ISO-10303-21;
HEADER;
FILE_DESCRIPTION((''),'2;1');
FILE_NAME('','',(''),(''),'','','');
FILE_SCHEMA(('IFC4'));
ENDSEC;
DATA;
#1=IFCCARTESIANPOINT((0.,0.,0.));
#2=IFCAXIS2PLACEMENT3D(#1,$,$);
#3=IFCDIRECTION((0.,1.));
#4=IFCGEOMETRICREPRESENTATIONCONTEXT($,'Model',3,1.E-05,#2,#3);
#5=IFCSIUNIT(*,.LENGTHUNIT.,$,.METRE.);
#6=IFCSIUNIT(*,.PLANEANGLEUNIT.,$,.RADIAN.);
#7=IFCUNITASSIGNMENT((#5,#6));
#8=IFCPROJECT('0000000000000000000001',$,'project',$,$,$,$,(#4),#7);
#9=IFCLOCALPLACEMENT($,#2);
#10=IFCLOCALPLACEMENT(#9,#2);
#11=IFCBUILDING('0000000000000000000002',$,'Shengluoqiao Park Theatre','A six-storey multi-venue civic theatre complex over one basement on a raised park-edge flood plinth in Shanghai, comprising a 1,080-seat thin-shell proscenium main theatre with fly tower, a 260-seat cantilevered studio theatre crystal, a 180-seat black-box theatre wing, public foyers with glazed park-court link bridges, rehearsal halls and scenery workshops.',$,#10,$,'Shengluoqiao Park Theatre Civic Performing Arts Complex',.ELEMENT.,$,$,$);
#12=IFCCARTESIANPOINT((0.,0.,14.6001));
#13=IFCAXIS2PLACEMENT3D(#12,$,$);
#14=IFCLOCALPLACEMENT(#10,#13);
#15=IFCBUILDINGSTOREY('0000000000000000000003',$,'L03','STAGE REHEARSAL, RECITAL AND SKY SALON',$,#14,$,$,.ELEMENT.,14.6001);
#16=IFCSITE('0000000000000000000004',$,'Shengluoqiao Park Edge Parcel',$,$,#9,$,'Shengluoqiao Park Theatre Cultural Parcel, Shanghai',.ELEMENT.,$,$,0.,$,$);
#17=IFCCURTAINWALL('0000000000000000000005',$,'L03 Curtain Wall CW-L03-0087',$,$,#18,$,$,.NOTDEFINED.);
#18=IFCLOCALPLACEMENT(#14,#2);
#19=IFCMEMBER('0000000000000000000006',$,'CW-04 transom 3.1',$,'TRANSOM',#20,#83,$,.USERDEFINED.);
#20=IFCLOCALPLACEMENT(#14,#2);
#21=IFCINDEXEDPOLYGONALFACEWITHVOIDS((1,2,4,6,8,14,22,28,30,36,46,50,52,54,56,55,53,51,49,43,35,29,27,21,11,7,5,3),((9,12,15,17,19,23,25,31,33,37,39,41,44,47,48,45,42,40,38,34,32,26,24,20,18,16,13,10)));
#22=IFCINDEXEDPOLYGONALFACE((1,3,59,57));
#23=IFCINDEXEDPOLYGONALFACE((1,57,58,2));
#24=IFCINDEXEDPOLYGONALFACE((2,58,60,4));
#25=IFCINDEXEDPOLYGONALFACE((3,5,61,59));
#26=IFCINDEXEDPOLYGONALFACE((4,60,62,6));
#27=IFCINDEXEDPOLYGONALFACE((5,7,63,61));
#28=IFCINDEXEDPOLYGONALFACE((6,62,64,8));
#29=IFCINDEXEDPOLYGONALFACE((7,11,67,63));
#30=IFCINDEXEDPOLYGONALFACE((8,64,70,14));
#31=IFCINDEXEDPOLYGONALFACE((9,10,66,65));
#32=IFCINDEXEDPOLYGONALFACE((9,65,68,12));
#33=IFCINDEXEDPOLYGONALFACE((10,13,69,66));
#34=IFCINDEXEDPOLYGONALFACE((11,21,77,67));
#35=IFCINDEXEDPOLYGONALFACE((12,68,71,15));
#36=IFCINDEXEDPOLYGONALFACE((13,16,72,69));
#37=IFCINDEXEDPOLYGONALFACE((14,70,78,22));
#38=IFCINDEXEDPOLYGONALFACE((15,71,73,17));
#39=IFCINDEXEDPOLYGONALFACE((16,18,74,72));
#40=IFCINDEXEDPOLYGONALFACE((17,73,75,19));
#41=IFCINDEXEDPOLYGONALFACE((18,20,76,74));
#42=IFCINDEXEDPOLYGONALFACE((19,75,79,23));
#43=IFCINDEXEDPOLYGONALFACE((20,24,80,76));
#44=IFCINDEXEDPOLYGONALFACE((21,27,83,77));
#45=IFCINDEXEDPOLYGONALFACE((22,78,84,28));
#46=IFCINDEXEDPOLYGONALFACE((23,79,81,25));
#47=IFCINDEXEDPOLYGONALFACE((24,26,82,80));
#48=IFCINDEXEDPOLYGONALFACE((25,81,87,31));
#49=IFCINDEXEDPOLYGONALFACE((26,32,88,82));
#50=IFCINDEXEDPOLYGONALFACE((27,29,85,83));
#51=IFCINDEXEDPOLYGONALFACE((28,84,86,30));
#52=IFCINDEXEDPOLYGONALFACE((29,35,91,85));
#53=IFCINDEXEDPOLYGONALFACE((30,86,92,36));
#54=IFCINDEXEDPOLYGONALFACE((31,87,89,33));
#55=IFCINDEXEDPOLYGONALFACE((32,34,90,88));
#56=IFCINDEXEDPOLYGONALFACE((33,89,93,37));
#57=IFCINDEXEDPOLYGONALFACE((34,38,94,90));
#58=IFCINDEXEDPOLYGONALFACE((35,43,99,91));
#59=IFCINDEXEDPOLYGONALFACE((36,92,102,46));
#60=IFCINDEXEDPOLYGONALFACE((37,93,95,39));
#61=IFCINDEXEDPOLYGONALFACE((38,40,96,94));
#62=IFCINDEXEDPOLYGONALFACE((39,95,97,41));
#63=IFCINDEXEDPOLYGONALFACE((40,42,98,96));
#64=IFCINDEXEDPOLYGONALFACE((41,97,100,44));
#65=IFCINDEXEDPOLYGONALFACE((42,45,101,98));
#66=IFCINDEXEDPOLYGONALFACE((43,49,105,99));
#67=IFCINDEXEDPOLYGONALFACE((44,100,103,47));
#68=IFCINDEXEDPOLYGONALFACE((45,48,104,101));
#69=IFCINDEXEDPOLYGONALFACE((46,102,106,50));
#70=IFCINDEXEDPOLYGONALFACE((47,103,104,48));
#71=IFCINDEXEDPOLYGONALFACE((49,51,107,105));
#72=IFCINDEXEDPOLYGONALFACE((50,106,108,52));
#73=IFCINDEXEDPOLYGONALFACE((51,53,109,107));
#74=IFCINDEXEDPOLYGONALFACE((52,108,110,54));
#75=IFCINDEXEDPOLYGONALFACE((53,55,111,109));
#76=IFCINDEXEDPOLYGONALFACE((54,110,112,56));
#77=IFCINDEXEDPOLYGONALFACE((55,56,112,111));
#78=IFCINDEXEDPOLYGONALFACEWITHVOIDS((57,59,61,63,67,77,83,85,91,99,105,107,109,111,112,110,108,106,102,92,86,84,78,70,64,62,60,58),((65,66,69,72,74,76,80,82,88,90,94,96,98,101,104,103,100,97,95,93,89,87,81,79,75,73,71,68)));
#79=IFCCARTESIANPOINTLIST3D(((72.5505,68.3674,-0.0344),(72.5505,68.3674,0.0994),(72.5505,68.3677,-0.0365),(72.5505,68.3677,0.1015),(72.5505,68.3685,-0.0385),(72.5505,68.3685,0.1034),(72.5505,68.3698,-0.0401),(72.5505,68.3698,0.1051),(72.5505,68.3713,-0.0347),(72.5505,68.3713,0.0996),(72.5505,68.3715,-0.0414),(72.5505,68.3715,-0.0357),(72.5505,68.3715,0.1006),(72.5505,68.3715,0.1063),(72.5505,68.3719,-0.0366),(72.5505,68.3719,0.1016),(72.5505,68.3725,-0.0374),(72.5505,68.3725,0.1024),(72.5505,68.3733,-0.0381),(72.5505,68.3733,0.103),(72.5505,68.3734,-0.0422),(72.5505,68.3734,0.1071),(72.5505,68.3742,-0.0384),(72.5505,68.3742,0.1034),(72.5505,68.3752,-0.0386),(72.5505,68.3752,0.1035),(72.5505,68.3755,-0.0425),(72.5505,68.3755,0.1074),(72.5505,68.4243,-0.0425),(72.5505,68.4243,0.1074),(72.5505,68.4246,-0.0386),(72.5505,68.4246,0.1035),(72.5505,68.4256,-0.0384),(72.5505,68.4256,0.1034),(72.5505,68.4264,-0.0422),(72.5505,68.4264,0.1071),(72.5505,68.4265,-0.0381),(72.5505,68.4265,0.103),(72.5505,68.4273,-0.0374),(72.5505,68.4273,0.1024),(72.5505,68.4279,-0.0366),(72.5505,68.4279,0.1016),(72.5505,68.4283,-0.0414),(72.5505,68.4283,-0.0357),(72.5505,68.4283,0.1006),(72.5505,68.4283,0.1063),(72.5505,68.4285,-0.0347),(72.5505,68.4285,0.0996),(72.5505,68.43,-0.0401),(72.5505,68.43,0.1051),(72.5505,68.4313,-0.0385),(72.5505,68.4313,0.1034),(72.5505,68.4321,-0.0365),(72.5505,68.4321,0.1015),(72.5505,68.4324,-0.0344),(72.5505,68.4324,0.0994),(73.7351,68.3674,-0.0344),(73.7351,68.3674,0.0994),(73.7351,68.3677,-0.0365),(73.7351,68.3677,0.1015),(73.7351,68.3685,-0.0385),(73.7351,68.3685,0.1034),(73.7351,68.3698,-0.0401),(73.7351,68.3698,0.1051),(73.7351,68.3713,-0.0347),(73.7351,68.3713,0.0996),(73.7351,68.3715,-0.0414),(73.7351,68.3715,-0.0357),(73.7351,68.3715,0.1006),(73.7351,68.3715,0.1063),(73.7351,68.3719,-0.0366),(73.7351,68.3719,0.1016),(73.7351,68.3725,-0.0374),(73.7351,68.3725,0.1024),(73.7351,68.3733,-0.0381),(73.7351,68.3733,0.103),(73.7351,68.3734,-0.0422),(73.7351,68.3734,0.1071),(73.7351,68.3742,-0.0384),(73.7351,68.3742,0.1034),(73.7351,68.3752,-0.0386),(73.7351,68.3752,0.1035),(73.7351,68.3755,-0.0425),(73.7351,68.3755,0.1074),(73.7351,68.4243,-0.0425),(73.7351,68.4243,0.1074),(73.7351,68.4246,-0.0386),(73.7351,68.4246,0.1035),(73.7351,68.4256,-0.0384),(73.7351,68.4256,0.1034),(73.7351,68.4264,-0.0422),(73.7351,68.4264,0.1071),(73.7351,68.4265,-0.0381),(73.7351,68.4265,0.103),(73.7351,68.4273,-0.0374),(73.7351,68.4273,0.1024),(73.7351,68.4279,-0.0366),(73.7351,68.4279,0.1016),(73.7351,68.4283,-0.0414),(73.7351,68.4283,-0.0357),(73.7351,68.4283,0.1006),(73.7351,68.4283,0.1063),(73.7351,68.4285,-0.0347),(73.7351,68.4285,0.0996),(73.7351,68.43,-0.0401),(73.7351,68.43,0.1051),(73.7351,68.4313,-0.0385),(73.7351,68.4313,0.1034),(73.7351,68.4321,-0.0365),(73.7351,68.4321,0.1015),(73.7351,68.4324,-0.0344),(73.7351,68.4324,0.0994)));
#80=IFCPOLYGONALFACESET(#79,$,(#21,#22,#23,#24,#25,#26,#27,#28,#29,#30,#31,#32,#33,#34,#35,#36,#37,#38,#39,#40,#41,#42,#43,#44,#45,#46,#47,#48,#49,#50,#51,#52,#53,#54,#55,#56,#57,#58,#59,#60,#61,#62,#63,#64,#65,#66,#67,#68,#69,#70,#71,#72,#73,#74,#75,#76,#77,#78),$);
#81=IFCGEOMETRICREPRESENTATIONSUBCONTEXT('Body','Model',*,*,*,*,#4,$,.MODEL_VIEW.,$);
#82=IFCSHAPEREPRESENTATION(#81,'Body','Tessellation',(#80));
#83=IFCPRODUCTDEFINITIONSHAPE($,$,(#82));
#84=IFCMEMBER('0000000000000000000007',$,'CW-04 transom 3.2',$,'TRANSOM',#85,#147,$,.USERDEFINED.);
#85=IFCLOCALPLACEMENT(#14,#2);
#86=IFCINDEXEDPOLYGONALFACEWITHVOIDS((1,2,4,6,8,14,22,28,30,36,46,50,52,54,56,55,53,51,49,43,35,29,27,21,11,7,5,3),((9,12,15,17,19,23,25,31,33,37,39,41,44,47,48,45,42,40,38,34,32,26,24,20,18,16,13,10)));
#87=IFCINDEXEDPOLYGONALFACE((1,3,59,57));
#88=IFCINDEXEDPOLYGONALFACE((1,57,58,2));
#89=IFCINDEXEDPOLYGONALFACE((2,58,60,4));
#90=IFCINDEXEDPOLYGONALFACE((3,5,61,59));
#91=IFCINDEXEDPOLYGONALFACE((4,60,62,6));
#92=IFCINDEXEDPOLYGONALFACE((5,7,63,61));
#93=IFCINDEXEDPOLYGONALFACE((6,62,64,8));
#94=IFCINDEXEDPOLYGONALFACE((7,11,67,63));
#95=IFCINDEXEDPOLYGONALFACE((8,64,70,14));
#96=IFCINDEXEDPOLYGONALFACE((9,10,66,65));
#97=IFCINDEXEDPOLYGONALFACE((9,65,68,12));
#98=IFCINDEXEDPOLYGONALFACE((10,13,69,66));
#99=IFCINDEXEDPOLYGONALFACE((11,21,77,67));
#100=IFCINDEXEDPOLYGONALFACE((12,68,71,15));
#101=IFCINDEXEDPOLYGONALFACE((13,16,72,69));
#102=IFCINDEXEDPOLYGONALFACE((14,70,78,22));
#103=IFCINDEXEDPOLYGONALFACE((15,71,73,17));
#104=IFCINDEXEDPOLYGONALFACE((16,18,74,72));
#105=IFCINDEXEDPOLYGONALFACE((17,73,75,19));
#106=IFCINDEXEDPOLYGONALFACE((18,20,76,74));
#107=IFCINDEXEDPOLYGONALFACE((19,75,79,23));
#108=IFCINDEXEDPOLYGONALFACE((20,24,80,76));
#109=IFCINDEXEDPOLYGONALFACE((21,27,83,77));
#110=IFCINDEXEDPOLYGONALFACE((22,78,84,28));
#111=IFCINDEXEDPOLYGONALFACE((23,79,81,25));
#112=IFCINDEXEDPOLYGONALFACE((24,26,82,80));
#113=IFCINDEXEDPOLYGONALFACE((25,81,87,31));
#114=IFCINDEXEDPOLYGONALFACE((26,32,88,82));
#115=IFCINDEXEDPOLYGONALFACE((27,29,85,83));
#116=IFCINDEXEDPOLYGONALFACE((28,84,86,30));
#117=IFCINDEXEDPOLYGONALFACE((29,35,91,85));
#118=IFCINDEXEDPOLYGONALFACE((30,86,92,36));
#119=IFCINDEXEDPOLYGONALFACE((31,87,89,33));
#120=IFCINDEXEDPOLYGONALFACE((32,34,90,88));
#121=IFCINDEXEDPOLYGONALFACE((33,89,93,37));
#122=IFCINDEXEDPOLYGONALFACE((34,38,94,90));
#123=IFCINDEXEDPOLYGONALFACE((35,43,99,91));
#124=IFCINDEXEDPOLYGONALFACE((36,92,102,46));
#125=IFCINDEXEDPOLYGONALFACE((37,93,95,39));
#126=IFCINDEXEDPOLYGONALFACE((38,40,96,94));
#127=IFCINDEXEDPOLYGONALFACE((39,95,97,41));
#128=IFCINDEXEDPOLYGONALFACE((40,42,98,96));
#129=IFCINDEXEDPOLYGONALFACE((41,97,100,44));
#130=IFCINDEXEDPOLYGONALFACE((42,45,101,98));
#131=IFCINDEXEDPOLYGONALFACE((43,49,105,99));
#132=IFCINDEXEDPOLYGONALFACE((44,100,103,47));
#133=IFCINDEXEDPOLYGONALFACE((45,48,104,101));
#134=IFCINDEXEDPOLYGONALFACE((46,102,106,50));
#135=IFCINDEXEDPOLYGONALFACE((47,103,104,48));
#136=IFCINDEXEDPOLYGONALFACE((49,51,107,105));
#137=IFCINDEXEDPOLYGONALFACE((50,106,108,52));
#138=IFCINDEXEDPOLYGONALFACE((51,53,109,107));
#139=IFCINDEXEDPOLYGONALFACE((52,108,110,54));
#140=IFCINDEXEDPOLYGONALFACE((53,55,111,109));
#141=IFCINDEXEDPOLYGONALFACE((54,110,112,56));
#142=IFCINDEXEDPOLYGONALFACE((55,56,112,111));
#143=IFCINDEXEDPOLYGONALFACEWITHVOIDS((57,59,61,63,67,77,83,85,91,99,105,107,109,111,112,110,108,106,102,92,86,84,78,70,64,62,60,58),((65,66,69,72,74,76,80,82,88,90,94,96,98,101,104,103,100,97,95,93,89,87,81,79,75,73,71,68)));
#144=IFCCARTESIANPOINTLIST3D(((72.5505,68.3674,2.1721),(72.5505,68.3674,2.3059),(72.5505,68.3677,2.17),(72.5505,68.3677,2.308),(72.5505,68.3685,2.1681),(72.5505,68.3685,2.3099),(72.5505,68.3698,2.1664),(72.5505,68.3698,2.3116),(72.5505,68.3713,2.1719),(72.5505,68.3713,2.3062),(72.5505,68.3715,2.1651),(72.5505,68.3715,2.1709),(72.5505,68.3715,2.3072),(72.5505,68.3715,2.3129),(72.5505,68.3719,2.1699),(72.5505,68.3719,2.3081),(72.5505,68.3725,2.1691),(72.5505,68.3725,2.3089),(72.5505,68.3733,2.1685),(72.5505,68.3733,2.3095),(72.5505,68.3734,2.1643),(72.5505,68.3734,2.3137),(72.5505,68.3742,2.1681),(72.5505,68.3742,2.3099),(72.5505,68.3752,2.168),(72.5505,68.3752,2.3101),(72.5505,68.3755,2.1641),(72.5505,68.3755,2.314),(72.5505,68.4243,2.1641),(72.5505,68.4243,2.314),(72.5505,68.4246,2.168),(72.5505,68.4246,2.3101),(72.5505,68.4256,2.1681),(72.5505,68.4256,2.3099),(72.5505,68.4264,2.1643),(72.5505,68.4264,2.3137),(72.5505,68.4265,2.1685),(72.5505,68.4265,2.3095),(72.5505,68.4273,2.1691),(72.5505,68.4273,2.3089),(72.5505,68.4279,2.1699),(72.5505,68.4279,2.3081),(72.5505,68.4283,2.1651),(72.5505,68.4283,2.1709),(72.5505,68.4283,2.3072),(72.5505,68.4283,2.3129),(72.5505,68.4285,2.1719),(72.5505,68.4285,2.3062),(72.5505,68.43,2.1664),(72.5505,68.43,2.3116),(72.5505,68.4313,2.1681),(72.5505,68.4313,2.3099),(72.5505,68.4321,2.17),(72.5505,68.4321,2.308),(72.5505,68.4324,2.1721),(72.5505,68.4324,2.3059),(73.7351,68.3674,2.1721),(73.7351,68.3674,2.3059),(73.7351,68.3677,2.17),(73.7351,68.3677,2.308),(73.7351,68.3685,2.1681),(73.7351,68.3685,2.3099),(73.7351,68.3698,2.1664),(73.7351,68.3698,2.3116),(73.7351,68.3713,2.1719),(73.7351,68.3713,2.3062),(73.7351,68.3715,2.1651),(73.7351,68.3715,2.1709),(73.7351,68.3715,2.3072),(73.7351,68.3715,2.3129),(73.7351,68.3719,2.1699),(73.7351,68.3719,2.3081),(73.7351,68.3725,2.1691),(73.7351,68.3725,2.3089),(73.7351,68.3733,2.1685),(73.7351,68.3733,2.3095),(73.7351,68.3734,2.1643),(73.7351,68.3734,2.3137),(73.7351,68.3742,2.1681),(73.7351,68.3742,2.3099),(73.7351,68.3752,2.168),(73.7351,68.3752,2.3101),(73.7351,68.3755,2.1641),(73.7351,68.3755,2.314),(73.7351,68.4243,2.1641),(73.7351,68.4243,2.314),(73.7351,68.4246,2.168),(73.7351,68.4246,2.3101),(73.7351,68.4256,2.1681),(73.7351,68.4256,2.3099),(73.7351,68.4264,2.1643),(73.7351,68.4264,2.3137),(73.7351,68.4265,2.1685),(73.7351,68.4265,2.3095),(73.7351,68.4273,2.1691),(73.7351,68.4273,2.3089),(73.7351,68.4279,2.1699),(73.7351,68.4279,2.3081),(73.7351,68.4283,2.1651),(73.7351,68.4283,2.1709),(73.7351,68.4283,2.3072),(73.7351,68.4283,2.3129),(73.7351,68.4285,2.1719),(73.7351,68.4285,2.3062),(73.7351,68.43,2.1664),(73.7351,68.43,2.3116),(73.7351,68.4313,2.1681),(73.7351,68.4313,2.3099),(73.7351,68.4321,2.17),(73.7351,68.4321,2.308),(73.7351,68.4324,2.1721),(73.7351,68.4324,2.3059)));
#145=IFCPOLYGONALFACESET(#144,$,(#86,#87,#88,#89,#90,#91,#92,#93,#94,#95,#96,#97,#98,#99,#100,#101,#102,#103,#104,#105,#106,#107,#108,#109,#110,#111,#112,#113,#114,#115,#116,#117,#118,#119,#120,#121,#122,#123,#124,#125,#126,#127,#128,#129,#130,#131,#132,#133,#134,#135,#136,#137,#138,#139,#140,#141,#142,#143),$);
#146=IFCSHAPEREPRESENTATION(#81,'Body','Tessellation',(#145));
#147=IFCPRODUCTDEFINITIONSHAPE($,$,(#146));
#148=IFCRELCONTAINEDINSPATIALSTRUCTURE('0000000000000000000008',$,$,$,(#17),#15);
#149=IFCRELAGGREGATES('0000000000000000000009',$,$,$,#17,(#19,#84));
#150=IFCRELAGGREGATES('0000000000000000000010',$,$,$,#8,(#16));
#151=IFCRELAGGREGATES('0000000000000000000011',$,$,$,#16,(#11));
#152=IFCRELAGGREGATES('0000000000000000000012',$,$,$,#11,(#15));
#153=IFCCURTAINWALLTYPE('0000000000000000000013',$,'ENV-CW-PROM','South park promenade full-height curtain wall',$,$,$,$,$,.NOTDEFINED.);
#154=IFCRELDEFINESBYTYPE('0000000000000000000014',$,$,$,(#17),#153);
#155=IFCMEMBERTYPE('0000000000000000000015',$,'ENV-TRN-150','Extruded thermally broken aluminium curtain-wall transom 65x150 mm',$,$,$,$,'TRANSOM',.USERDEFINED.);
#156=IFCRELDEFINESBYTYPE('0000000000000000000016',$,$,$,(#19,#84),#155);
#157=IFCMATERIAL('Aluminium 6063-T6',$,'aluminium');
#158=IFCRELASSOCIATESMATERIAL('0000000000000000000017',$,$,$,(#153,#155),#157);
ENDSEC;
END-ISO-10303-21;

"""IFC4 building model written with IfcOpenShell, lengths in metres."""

from ifc_helpers import new_model, si_unit, direction, frame, origin, origin_2d, place, context, subcontext, project, spatial, hollow_rectangle, extrude, material, material_profile, profile_set, type_object, element, aggregate, save


model = new_model("IFC4")

# Units and contexts
model_context = context("Model", 3, precision=1e-05, world=origin(), true_north=direction((0.0, 1.0)))
body_context = subcontext(model_context, "Body", "Model", "MODEL_VIEW")
ifc_project = project(units=[si_unit("LENGTHUNIT", "METRE"), si_unit("PLANEANGLEUNIT", "RADIAN")], contexts=[model_context])

# Site, building, storey
site_placement = place(None, origin())
site = spatial("IfcSite", under=ifc_project, at=site_placement, Name="Shengluoqiao Park Edge Parcel", LongName="Shengluoqiao Park Theatre Cultural Parcel, Shanghai", CompositionType="ELEMENT", RefElevation=0.0)
building_placement = place(site_placement, origin())
building = spatial("IfcBuilding", under=site, at=building_placement, Name="Shengluoqiao Park Theatre", Description="A six-storey multi-venue civic theatre complex over one basement on a raised park-edge flood plinth in Shanghai, comprising a 1,080-seat thin-shell proscenium main theatre with fly tower, a 260-seat cantilevered studio theatre crystal, a 180-seat black-box theatre wing, public foyers with glazed park-court link bridges, rehearsal halls and scenery workshops.", LongName="Shengluoqiao Park Theatre Civic Performing Arts Complex", CompositionType="ELEMENT")
storey_placement = place(building_placement, frame((0.0, 0.0, 14.6001)))
storey = spatial("IfcBuildingStorey", under=building, at=storey_placement, Name="L03", Description="STAGE REHEARSAL, RECITAL AND SKY SALON", CompositionType="ELEMENT", Elevation=14.6001)

# Curtain wall
ifc_material_1 = material(Name="Aluminium 6063-T6", Category="aluminium")
curtain_wall_type = type_object("IfcCurtainWallType", Name="ENV-CW-PROM", Description="South park promenade full-height curtain wall", PredefinedType="NOTDEFINED", material=ifc_material_1)
curtain_wall_1_placement = place(storey_placement, origin())
curtain_wall_1 = element("IfcCurtainWall", 1, at=curtain_wall_1_placement, inside=storey, type_object=curtain_wall_type, Name="L03 Curtain Wall CW-L03-0087", PredefinedType="NOTDEFINED")

# Members
ifc_material_profile_1 = material_profile(ifc_material_1, hollow_rectangle(XDim=0.0649, YDim=0.1499, WallThickness=0.0039, InnerFilletRadius=0.0039, OuterFilletRadius=0.0081, at=origin_2d()), Name="ALU TRANSOM 150x65x4")
ifc_profile_set_1 = profile_set([ifc_material_profile_1], Name="Aluminium 6063-T6")
member_type_1 = type_object("IfcMemberType", Name="ENV-TRN-150", Description="Extruded thermally broken aluminium curtain-wall transom 65x150 mm", ElementType="TRANSOM", PredefinedType="USERDEFINED", material=ifc_profile_set_1)
member_1_placement = place(storey_placement, frame((72.5505, 68.3999, 0.0325), z_axis=(1.0, 0.0, 0.0), x_axis=(0.0, 1.0, 0.0)))
member_1 = element("IfcMember", 2, at=member_1_placement, type_object=member_type_1, Name="CW-04 transom 3.1", ObjectType="TRANSOM", PredefinedType="USERDEFINED", context=body_context, shape_type="SweptSolid", body=[
    extrude(hollow_rectangle(XDim=0.0649, YDim=0.1499, WallThickness=0.0039, InnerFilletRadius=0.0039, OuterFilletRadius=0.0081, at=origin_2d()), origin(), (0.0, 0.0, 1.0), 1.1846),
])
member_2_placement = place(storey_placement, frame((72.5505, 68.3999, 2.239), z_axis=(1.0, 0.0, 0.0), x_axis=(0.0, 1.0, 0.0)))
member_2 = element("IfcMember", 3, at=member_2_placement, type_object=member_type_1, Name="CW-04 transom 3.2", ObjectType="TRANSOM", PredefinedType="USERDEFINED", context=body_context, shape_type="SweptSolid", body=[
    extrude(hollow_rectangle(XDim=0.0649, YDim=0.1499, WallThickness=0.0039, InnerFilletRadius=0.0039, OuterFilletRadius=0.0081, at=origin_2d()), origin(), (0.0, 0.0, 1.0), 1.1846),
])

aggregate(curtain_wall_1, [member_1, member_2])

save(model, "model.ifc")
